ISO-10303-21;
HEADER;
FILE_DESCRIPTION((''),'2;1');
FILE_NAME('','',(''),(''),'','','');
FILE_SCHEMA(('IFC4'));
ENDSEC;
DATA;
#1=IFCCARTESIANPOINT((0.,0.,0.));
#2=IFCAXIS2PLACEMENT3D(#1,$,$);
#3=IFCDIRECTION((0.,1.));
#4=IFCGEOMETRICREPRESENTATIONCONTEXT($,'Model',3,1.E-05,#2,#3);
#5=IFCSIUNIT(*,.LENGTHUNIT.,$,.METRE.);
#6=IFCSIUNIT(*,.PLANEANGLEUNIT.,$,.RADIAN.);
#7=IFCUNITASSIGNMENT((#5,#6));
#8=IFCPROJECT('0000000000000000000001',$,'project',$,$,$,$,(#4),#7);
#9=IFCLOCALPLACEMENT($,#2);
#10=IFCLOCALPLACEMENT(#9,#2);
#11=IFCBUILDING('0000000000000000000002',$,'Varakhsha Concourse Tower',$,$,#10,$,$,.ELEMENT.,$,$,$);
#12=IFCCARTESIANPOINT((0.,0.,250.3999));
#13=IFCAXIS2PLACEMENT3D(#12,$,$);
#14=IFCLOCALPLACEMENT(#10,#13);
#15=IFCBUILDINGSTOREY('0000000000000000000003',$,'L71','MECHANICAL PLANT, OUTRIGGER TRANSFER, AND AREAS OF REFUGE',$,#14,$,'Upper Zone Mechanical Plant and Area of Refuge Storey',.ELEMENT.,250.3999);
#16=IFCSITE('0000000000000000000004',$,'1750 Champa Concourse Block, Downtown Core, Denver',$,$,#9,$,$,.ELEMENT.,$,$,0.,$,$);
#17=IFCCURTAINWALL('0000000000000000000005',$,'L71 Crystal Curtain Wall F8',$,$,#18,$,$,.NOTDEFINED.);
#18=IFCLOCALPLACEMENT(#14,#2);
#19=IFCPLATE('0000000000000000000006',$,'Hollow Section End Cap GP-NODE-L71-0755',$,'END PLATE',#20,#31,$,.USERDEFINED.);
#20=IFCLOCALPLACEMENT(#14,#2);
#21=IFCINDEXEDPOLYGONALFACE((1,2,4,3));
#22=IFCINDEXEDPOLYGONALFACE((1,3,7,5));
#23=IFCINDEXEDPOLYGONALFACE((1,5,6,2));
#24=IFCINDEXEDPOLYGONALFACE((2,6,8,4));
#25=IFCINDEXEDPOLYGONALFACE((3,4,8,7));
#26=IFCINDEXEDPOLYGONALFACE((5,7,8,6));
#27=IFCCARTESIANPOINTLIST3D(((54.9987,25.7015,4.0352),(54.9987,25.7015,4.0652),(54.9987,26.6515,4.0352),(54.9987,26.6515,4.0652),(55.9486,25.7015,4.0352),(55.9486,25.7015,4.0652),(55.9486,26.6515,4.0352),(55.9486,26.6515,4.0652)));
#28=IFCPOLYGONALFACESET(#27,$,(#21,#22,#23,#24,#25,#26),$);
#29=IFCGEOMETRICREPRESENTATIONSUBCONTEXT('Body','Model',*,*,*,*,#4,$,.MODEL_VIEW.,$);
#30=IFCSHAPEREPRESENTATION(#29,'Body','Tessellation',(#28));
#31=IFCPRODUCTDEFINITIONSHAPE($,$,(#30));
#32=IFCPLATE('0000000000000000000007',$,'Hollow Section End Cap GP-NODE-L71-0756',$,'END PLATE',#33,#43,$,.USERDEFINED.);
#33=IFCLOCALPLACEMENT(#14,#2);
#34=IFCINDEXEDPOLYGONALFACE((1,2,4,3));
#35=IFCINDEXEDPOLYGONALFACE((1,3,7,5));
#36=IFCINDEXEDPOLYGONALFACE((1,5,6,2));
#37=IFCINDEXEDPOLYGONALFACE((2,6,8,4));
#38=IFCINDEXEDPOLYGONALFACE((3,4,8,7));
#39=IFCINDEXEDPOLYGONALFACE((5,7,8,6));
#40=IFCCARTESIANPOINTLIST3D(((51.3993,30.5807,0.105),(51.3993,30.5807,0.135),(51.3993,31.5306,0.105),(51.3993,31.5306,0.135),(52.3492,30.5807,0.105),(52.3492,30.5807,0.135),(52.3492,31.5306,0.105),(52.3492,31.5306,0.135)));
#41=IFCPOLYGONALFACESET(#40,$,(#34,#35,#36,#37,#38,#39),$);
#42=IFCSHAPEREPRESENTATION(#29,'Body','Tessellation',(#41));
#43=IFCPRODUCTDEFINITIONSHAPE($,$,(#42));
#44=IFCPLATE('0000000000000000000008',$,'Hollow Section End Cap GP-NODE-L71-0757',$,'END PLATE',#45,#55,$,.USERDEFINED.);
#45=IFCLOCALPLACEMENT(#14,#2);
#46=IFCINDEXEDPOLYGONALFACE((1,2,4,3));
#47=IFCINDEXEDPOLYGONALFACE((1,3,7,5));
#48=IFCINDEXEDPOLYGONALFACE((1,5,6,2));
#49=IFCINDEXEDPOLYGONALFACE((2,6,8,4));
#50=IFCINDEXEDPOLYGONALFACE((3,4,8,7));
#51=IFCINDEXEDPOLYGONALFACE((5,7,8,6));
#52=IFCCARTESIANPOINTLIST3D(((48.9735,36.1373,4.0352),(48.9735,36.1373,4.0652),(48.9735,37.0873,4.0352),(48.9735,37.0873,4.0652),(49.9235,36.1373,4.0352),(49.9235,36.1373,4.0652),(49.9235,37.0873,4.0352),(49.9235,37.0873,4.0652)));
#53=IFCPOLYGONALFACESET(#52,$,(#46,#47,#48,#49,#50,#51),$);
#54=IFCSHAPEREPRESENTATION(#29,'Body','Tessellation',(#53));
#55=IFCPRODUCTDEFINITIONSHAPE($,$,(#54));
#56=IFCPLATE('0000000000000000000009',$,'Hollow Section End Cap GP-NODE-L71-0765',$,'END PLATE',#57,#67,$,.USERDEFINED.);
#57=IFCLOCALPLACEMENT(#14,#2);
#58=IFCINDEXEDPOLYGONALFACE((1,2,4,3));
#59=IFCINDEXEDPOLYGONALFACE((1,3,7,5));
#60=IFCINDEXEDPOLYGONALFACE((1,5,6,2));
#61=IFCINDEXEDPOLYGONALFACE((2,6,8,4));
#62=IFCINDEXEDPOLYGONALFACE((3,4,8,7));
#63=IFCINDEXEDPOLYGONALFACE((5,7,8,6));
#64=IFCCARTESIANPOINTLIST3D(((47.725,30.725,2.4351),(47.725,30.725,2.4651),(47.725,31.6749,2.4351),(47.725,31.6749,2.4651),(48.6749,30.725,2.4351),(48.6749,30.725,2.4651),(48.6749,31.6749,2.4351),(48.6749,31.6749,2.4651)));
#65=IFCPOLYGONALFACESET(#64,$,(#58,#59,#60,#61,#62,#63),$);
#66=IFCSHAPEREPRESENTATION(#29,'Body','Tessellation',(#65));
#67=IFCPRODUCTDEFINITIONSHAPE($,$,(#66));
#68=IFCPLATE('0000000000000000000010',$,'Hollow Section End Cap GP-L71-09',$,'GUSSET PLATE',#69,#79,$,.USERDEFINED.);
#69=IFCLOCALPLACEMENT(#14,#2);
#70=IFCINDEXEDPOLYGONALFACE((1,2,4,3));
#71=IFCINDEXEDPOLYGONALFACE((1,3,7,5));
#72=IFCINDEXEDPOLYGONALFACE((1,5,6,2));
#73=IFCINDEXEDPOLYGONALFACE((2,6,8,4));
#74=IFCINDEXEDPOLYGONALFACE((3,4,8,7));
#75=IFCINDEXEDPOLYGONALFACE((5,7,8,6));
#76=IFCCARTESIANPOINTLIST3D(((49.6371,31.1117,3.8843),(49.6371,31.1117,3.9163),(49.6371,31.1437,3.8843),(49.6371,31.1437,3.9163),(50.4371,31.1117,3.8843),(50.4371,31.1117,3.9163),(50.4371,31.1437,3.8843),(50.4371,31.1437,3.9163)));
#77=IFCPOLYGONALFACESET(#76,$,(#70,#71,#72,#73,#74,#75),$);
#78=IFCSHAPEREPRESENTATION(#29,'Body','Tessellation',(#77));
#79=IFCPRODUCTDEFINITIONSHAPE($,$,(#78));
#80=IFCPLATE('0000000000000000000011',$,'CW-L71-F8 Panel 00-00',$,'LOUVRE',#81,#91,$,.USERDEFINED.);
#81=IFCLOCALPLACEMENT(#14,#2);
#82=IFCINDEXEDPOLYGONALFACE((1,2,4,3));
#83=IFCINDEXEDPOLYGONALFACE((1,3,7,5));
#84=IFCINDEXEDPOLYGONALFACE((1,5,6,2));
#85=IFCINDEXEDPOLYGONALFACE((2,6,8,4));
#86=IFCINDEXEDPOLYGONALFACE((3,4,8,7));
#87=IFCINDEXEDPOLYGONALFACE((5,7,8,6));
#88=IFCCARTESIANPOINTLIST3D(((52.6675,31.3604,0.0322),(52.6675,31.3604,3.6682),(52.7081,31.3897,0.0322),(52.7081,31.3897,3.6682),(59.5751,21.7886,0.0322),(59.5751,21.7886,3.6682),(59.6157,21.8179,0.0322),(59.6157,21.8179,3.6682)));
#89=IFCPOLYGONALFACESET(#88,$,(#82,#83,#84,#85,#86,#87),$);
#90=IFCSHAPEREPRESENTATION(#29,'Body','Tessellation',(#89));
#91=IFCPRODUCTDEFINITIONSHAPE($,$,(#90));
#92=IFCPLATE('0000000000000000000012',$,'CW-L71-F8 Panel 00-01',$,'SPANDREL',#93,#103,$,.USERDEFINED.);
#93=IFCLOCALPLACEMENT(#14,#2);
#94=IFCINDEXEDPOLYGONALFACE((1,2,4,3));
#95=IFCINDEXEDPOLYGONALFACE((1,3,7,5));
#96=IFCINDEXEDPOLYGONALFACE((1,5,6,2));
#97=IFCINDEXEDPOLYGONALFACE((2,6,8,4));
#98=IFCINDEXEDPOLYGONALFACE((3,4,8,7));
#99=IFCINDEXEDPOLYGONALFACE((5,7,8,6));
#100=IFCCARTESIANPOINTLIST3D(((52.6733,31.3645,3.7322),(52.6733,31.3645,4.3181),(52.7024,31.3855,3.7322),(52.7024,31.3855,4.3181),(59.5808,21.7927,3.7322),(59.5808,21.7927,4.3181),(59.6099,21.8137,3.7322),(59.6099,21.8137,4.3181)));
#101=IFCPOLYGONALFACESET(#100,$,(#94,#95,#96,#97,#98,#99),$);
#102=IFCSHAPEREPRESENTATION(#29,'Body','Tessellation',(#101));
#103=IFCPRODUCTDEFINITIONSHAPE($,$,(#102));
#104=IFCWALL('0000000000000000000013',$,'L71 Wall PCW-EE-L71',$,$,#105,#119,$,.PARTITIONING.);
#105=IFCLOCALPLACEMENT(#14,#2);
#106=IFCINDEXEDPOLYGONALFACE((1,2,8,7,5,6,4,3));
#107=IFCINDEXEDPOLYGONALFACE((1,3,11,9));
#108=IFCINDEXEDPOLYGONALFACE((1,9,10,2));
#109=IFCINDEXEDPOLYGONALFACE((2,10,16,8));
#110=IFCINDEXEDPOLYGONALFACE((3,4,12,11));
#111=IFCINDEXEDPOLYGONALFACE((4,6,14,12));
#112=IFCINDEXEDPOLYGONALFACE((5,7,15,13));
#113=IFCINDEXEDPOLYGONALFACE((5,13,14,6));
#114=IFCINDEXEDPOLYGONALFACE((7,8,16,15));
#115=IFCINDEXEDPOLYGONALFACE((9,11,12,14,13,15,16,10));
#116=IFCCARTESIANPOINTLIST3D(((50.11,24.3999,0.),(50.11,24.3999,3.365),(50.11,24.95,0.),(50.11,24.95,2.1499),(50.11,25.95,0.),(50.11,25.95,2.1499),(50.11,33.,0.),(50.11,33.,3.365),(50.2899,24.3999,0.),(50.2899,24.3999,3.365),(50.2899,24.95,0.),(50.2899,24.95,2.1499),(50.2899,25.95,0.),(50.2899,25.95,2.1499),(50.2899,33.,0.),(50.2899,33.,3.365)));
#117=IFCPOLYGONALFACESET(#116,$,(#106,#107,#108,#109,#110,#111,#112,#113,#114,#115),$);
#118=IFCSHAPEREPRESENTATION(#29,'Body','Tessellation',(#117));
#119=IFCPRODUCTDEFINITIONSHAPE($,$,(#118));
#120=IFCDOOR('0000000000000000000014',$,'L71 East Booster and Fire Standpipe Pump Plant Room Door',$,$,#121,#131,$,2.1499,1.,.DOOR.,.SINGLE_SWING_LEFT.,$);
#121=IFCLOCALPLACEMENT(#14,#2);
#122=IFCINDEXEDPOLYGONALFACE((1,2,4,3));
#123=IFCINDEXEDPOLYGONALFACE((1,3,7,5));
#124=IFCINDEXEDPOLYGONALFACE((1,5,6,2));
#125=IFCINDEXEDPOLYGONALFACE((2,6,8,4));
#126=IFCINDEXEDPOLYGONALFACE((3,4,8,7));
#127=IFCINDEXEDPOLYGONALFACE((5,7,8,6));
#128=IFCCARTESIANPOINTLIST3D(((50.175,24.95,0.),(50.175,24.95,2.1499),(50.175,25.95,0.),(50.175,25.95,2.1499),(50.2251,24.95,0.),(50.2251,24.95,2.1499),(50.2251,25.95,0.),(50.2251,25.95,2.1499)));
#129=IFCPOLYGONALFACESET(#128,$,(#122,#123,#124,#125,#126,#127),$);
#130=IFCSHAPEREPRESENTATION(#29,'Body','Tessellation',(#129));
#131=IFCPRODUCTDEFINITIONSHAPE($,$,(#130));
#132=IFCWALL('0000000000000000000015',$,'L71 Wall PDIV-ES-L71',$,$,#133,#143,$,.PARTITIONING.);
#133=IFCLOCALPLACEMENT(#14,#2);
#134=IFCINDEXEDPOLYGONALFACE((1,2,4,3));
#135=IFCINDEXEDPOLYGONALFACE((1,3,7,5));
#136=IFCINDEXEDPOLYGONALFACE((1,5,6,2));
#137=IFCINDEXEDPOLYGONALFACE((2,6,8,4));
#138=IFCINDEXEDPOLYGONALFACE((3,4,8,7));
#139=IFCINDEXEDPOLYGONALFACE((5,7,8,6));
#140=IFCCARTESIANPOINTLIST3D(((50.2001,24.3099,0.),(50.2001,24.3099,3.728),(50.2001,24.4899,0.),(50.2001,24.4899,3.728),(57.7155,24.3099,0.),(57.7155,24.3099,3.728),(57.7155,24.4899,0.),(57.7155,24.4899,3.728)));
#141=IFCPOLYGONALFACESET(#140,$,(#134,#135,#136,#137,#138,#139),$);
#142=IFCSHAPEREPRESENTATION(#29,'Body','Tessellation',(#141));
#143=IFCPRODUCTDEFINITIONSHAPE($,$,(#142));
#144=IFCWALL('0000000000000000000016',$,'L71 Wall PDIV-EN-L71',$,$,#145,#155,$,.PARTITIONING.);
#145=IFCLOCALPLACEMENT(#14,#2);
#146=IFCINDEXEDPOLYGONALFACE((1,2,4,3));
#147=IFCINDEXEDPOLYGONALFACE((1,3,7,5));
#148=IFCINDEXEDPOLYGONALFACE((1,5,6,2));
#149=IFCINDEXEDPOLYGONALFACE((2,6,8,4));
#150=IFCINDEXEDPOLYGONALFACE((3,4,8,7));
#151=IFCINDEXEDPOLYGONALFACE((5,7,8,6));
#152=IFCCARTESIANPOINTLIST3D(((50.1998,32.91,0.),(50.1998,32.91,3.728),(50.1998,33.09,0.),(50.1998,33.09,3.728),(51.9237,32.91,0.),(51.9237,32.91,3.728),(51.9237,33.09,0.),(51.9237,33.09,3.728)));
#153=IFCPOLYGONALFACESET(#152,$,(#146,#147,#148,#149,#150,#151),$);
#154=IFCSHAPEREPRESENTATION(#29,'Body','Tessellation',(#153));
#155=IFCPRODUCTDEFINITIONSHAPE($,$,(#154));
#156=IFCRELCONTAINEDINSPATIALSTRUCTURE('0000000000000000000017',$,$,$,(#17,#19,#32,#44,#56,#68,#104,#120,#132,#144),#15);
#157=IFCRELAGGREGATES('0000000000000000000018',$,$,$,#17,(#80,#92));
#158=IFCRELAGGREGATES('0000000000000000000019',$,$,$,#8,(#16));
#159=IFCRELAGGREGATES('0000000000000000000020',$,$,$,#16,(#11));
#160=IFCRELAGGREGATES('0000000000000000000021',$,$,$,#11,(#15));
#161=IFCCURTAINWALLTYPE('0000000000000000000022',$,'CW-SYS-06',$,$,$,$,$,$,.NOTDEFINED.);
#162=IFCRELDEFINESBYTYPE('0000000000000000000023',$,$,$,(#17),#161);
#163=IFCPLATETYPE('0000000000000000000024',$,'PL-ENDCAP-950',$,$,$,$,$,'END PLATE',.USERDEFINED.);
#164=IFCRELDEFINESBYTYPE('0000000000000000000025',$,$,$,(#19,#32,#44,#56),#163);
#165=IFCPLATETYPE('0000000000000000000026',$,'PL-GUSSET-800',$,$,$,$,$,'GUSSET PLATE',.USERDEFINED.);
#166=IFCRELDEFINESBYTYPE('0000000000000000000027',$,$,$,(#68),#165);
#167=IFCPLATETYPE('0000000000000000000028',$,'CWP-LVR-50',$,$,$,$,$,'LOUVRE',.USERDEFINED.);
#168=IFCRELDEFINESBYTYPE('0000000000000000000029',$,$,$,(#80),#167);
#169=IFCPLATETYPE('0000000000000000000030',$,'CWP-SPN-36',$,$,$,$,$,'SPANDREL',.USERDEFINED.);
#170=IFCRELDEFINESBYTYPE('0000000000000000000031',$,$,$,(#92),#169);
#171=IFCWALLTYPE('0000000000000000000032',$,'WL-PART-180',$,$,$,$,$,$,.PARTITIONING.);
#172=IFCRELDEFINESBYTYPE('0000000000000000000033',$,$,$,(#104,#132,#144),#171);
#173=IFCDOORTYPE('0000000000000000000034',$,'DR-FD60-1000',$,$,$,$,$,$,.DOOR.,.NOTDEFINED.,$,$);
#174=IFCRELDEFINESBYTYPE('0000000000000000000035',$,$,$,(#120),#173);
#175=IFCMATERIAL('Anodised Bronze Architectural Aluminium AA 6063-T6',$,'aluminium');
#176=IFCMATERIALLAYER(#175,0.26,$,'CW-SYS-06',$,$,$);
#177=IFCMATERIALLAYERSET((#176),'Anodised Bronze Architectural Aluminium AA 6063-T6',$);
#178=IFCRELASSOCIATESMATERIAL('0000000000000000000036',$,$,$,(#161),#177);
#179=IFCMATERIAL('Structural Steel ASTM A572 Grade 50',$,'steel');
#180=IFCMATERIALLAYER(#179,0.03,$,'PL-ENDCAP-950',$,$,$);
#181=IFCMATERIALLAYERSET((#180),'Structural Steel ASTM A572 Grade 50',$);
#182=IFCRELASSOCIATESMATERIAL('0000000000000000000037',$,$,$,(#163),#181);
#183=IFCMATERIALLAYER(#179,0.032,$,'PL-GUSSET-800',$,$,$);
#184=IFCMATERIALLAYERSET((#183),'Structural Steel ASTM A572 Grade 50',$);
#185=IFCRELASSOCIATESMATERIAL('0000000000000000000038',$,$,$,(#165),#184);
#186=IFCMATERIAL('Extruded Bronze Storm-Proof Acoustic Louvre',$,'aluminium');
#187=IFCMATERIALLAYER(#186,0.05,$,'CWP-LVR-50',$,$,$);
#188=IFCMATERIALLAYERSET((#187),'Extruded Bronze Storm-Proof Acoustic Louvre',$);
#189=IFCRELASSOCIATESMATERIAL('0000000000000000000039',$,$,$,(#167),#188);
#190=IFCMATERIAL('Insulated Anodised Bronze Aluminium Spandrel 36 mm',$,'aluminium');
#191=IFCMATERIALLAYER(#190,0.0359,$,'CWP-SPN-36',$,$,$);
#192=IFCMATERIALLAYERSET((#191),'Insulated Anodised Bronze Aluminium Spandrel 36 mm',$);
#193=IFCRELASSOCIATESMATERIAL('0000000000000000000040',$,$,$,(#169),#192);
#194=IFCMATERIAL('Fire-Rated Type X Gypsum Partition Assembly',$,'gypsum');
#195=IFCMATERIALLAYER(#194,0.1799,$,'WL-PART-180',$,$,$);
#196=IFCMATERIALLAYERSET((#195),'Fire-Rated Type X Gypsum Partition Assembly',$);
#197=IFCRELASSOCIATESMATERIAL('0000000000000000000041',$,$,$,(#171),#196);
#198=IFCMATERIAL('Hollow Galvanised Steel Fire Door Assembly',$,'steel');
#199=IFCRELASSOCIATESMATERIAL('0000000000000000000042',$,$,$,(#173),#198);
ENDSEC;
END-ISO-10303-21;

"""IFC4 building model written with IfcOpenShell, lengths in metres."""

from ifc_helpers import new_model, si_unit, direction, frame, frame_2d, origin, origin_2d, place, context, subcontext, project, spatial, rectangle, extrude, source, transform, mapped, material, layer, layer_set, type_object, type_shapes, element, fill, aggregate, save


model = new_model("IFC4")

# Units and contexts
model_context = context("Model", 3, precision=1e-05, world=origin(), true_north=direction((0.0, 1.0)))
body_context = subcontext(model_context, "Body", "Model", "MODEL_VIEW")
ifc_project = project(units=[si_unit("LENGTHUNIT", "METRE"), si_unit("PLANEANGLEUNIT", "RADIAN")], contexts=[model_context])

# Site, building, storey
site_placement = place(None, origin())
site = spatial("IfcSite", under=ifc_project, at=site_placement, Name="1750 Champa Concourse Block, Downtown Core, Denver", CompositionType="ELEMENT", RefElevation=0.0)
building_placement = place(site_placement, origin())
building = spatial("IfcBuilding", under=site, at=building_placement, Name="Varakhsha Concourse Tower", CompositionType="ELEMENT")
storey_placement = place(building_placement, frame((0.0, 0.0, 250.3999)))
storey = spatial("IfcBuildingStorey", under=building, at=storey_placement, Name="L71", Description="MECHANICAL PLANT, OUTRIGGER TRANSFER, AND AREAS OF REFUGE", LongName="Upper Zone Mechanical Plant and Area of Refuge Storey", CompositionType="ELEMENT", Elevation=250.3999)

# Shared definitions
ifc_material_1 = material(Name="Structural Steel ASTM A572 Grade 50", Category="steel")

# Curtain wall
ifc_material_2 = material(Name="Anodised Bronze Architectural Aluminium AA 6063-T6", Category="aluminium")
ifc_layer_1 = layer(ifc_material_2, 0.26, Name="CW-SYS-06")
ifc_layer_set_1 = layer_set([ifc_layer_1], Name="Anodised Bronze Architectural Aluminium AA 6063-T6")
curtain_wall_type = type_object("IfcCurtainWallType", Name="CW-SYS-06", PredefinedType="NOTDEFINED", material=ifc_layer_set_1)
curtain_wall_1_placement = place(storey_placement, origin())
curtain_wall_1 = element("IfcCurtainWall", 1, at=curtain_wall_1_placement, inside=storey, type_object=curtain_wall_type, Name="L71 Crystal Curtain Wall F8", PredefinedType="NOTDEFINED")

# Plates
ifc_layer_2 = layer(ifc_material_1, 0.03, Name="PL-ENDCAP-950")
ifc_layer_set_2 = layer_set([ifc_layer_2], Name="Structural Steel ASTM A572 Grade 50")
plate_type_1 = type_object("IfcPlateType", Name="PL-ENDCAP-950", ElementType="END PLATE", PredefinedType="USERDEFINED", material=ifc_layer_set_2)
shared_shape_1 = source(origin(), body_context, "Body", "SweptSolid", [
    extrude(rectangle(XDim=0.95, YDim=0.95, at=origin_2d()), origin(), (0.0, 0.0, 1.0), 0.03),
])
type_shapes(plate_type_1, [shared_shape_1])
for number, where, z_axis, x_axis, name in (
    (2, (55.4736, 26.1765, 4.0352), (0.0, 0.0, 1.0), (1.0, 0.0, 0.0), "Hollow Section End Cap GP-NODE-L71-0755"),
    (3, (51.8743, 31.0557, 0.105), (0.0, 0.0, 1.0), (1.0, 0.0, 0.0), "Hollow Section End Cap GP-NODE-L71-0756"),
    (4, (49.4485, 36.6123, 4.0352), (0.0, 0.0, 1.0), (1.0, 0.0, 0.0), "Hollow Section End Cap GP-NODE-L71-0757"),
    (5, (48.2, 31.2, 2.4351), (0.0, 0.0, 1.0), (1.0, 0.0, 0.0), "Hollow Section End Cap GP-NODE-L71-0765"),
):
    element("IfcPlate", number, at=place(storey_placement, frame(where, z_axis=z_axis, x_axis=x_axis)), inside=storey, type_object=plate_type_1, Name=name, ObjectType="END PLATE", PredefinedType="USERDEFINED", context=body_context, shape_type="MappedRepresentation", body=[
        mapped(shared_shape_1, transform((0.0, 0.0, 0.0), scale=1.0)),
    ])
ifc_layer_3 = layer(ifc_material_1, 0.032, Name="PL-GUSSET-800")
ifc_layer_set_3 = layer_set([ifc_layer_3], Name="Structural Steel ASTM A572 Grade 50")
plate_type_2 = type_object("IfcPlateType", Name="PL-GUSSET-800", ElementType="GUSSET PLATE", PredefinedType="USERDEFINED", material=ifc_layer_set_3)
shared_shape_2 = source(origin(), body_context, "Body", "SweptSolid", [
    extrude(rectangle(XDim=0.8, YDim=0.032, at=origin_2d()), origin(), (0.0, 0.0, 1.0), 0.032),
])
type_shapes(plate_type_2, [shared_shape_2])
plate_1_placement = place(storey_placement, frame((50.0371, 31.1277, 3.8843), z_axis=(0.0, 0.0, 1.0), x_axis=(1.0, 0.0, 0.0)))
element("IfcPlate", 6, at=plate_1_placement, inside=storey, type_object=plate_type_2, Name="Hollow Section End Cap GP-L71-09", ObjectType="GUSSET PLATE", PredefinedType="USERDEFINED", context=body_context, shape_type="MappedRepresentation", body=[
    mapped(shared_shape_2, transform((0.0, 0.0, 0.0), scale=1.0)),
])

# Plates
ifc_material_3 = material(Name="Extruded Bronze Storm-Proof Acoustic Louvre", Category="aluminium")
ifc_layer_4 = layer(ifc_material_3, 0.05, Name="CWP-LVR-50")
ifc_layer_set_4 = layer_set([ifc_layer_4], Name="Extruded Bronze Storm-Proof Acoustic Louvre")
plate_type_3 = type_object("IfcPlateType", Name="CWP-LVR-50", ElementType="LOUVRE", PredefinedType="USERDEFINED", material=ifc_layer_set_4)
shared_shape_3 = source(origin(), body_context, "Body", "SweptSolid", [
    extrude(rectangle(XDim=11.804, YDim=0.05, at=origin_2d()), origin(), (0.0, 0.0, 1.0), 3.636),
])
type_shapes(plate_type_3, [shared_shape_3])
plate_2_placement = place(storey_placement, frame((56.1416, 26.5891, 0.0322), z_axis=(0.0, 0.0, 1.0), x_axis=(0.585187, -0.810898, 0.0)))
plate_2 = element("IfcPlate", 7, at=plate_2_placement, type_object=plate_type_3, Name="CW-L71-F8 Panel 00-00", ObjectType="LOUVRE", PredefinedType="USERDEFINED", context=body_context, shape_type="MappedRepresentation", body=[
    mapped(shared_shape_3, transform((0.0, 0.0, 0.0), scale=1.0)),
])
ifc_material_4 = material(Name="Insulated Anodised Bronze Aluminium Spandrel 36 mm", Category="aluminium")
ifc_layer_5 = layer(ifc_material_4, 0.0359, Name="CWP-SPN-36")
ifc_layer_set_5 = layer_set([ifc_layer_5], Name="Insulated Anodised Bronze Aluminium Spandrel 36 mm")
plate_type_4 = type_object("IfcPlateType", Name="CWP-SPN-36", ElementType="SPANDREL", PredefinedType="USERDEFINED", material=ifc_layer_set_5)
shared_shape_4 = source(origin(), body_context, "Body", "SweptSolid", [
    extrude(rectangle(XDim=11.804, YDim=0.0359, at=origin_2d()), origin(), (0.0, 0.0, 1.0), 0.5859),
])
type_shapes(plate_type_4, [shared_shape_4])
plate_3_placement = place(storey_placement, frame((56.1416, 26.5891, 3.7322), z_axis=(0.0, 0.0, 1.0), x_axis=(0.585187, -0.810898, 0.0)))
plate_3 = element("IfcPlate", 8, at=plate_3_placement, type_object=plate_type_4, Name="CW-L71-F8 Panel 00-01", ObjectType="SPANDREL", PredefinedType="USERDEFINED", context=body_context, shape_type="MappedRepresentation", body=[
    mapped(shared_shape_4, transform((0.0, 0.0, 0.0), scale=1.0)),
])
aggregate(curtain_wall_1, [plate_2, plate_3])

# Wall, opening, door
ifc_material_5 = material(Name="Fire-Rated Type X Gypsum Partition Assembly", Category="gypsum")
ifc_layer_6 = layer(ifc_material_5, 0.1799, Name="WL-PART-180")
ifc_layer_set_6 = layer_set([ifc_layer_6], Name="Fire-Rated Type X Gypsum Partition Assembly")
wall_type = type_object("IfcWallType", Name="WL-PART-180", PredefinedType="PARTITIONING", material=ifc_layer_set_6)
wall_1_placement = place(storey_placement, frame((50.2, 24.3999, 0.0), z_axis=(0.0, 0.0, 1.0), x_axis=(0.0, 1.0, 0.0)))
wall_1 = element("IfcWall", 9, at=wall_1_placement, inside=storey, type_object=wall_type, Name="L71 Wall PCW-EE-L71", PredefinedType="PARTITIONING", context=body_context, shape_type="SweptSolid", body=[
    extrude(rectangle(XDim=8.6001, YDim=0.1799, at=frame_2d((4.3, 0.0))), origin(), (0.0, 0.0, 1.0), 3.365),
])
opening_placement = place(wall_1_placement, frame((0.55, 0.0, 0.0)))
opening = element("IfcOpeningElement", 10, at=opening_placement, cuts=wall_1, PredefinedType="OPENING", context=body_context, shape_type="SweptSolid", body=[
    extrude(rectangle(XDim=1.0, YDim=2.1499, at=frame_2d((0.5, 1.075))), frame((0.0, 0.0999, 0.0), z_axis=(0.0, -1.0, 0.0), x_axis=(1.0, 0.0, 0.0)), (0.0, 0.0, 1.0), 0.2),
])
ifc_material_6 = material(Name="Hollow Galvanised Steel Fire Door Assembly", Category="steel")
door_type = type_object("IfcDoorType", Name="DR-FD60-1000", OperationType="NOTDEFINED", PredefinedType="DOOR", material=ifc_material_6)
door_placement = place(opening_placement, origin())
door = element("IfcDoor", 11, at=door_placement, inside=storey, type_object=door_type, Name="L71 East Booster and Fire Standpipe Pump Plant Room Door", OperationType="SINGLE_SWING_LEFT", OverallHeight=2.1499, OverallWidth=1.0, PredefinedType="DOOR", context=body_context, shape_type="SweptSolid", body=[
    extrude(rectangle(XDim=1.0, YDim=2.1499, at=frame_2d((0.5, 1.075))), frame((0.0, 0.0249, 0.0), z_axis=(0.0, -1.0, 0.0), x_axis=(1.0, 0.0, 0.0)), (0.0, 0.0, 1.0), 0.05),
])
fill(opening, door)

# Walls
wall_2_placement = place(storey_placement, frame((50.2, 24.3999, 0.0), z_axis=(0.0, 0.0, 1.0), x_axis=(1.0, 0.0, 0.0)))
element("IfcWall", 12, at=wall_2_placement, inside=storey, type_object=wall_type, Name="L71 Wall PDIV-ES-L71", PredefinedType="PARTITIONING", context=body_context, shape_type="SweptSolid", body=[
    extrude(rectangle(XDim=7.5154, YDim=0.1799, at=frame_2d((3.7578, 0.0))), origin(), (0.0, 0.0, 1.0), 3.728),
])
wall_3_placement = place(storey_placement, frame((50.2, 33.0, 0.0), z_axis=(0.0, 0.0, 1.0), x_axis=(1.0, 0.0, 0.0)))
element("IfcWall", 13, at=wall_3_placement, inside=storey, type_object=wall_type, Name="L71 Wall PDIV-EN-L71", PredefinedType="PARTITIONING", context=body_context, shape_type="SweptSolid", body=[
    extrude(rectangle(XDim=1.7239, YDim=0.1799, at=frame_2d((0.8618, 0.0))), origin(), (0.0, 0.0, 1.0), 3.728),
])

save(model, "model.ifc")
